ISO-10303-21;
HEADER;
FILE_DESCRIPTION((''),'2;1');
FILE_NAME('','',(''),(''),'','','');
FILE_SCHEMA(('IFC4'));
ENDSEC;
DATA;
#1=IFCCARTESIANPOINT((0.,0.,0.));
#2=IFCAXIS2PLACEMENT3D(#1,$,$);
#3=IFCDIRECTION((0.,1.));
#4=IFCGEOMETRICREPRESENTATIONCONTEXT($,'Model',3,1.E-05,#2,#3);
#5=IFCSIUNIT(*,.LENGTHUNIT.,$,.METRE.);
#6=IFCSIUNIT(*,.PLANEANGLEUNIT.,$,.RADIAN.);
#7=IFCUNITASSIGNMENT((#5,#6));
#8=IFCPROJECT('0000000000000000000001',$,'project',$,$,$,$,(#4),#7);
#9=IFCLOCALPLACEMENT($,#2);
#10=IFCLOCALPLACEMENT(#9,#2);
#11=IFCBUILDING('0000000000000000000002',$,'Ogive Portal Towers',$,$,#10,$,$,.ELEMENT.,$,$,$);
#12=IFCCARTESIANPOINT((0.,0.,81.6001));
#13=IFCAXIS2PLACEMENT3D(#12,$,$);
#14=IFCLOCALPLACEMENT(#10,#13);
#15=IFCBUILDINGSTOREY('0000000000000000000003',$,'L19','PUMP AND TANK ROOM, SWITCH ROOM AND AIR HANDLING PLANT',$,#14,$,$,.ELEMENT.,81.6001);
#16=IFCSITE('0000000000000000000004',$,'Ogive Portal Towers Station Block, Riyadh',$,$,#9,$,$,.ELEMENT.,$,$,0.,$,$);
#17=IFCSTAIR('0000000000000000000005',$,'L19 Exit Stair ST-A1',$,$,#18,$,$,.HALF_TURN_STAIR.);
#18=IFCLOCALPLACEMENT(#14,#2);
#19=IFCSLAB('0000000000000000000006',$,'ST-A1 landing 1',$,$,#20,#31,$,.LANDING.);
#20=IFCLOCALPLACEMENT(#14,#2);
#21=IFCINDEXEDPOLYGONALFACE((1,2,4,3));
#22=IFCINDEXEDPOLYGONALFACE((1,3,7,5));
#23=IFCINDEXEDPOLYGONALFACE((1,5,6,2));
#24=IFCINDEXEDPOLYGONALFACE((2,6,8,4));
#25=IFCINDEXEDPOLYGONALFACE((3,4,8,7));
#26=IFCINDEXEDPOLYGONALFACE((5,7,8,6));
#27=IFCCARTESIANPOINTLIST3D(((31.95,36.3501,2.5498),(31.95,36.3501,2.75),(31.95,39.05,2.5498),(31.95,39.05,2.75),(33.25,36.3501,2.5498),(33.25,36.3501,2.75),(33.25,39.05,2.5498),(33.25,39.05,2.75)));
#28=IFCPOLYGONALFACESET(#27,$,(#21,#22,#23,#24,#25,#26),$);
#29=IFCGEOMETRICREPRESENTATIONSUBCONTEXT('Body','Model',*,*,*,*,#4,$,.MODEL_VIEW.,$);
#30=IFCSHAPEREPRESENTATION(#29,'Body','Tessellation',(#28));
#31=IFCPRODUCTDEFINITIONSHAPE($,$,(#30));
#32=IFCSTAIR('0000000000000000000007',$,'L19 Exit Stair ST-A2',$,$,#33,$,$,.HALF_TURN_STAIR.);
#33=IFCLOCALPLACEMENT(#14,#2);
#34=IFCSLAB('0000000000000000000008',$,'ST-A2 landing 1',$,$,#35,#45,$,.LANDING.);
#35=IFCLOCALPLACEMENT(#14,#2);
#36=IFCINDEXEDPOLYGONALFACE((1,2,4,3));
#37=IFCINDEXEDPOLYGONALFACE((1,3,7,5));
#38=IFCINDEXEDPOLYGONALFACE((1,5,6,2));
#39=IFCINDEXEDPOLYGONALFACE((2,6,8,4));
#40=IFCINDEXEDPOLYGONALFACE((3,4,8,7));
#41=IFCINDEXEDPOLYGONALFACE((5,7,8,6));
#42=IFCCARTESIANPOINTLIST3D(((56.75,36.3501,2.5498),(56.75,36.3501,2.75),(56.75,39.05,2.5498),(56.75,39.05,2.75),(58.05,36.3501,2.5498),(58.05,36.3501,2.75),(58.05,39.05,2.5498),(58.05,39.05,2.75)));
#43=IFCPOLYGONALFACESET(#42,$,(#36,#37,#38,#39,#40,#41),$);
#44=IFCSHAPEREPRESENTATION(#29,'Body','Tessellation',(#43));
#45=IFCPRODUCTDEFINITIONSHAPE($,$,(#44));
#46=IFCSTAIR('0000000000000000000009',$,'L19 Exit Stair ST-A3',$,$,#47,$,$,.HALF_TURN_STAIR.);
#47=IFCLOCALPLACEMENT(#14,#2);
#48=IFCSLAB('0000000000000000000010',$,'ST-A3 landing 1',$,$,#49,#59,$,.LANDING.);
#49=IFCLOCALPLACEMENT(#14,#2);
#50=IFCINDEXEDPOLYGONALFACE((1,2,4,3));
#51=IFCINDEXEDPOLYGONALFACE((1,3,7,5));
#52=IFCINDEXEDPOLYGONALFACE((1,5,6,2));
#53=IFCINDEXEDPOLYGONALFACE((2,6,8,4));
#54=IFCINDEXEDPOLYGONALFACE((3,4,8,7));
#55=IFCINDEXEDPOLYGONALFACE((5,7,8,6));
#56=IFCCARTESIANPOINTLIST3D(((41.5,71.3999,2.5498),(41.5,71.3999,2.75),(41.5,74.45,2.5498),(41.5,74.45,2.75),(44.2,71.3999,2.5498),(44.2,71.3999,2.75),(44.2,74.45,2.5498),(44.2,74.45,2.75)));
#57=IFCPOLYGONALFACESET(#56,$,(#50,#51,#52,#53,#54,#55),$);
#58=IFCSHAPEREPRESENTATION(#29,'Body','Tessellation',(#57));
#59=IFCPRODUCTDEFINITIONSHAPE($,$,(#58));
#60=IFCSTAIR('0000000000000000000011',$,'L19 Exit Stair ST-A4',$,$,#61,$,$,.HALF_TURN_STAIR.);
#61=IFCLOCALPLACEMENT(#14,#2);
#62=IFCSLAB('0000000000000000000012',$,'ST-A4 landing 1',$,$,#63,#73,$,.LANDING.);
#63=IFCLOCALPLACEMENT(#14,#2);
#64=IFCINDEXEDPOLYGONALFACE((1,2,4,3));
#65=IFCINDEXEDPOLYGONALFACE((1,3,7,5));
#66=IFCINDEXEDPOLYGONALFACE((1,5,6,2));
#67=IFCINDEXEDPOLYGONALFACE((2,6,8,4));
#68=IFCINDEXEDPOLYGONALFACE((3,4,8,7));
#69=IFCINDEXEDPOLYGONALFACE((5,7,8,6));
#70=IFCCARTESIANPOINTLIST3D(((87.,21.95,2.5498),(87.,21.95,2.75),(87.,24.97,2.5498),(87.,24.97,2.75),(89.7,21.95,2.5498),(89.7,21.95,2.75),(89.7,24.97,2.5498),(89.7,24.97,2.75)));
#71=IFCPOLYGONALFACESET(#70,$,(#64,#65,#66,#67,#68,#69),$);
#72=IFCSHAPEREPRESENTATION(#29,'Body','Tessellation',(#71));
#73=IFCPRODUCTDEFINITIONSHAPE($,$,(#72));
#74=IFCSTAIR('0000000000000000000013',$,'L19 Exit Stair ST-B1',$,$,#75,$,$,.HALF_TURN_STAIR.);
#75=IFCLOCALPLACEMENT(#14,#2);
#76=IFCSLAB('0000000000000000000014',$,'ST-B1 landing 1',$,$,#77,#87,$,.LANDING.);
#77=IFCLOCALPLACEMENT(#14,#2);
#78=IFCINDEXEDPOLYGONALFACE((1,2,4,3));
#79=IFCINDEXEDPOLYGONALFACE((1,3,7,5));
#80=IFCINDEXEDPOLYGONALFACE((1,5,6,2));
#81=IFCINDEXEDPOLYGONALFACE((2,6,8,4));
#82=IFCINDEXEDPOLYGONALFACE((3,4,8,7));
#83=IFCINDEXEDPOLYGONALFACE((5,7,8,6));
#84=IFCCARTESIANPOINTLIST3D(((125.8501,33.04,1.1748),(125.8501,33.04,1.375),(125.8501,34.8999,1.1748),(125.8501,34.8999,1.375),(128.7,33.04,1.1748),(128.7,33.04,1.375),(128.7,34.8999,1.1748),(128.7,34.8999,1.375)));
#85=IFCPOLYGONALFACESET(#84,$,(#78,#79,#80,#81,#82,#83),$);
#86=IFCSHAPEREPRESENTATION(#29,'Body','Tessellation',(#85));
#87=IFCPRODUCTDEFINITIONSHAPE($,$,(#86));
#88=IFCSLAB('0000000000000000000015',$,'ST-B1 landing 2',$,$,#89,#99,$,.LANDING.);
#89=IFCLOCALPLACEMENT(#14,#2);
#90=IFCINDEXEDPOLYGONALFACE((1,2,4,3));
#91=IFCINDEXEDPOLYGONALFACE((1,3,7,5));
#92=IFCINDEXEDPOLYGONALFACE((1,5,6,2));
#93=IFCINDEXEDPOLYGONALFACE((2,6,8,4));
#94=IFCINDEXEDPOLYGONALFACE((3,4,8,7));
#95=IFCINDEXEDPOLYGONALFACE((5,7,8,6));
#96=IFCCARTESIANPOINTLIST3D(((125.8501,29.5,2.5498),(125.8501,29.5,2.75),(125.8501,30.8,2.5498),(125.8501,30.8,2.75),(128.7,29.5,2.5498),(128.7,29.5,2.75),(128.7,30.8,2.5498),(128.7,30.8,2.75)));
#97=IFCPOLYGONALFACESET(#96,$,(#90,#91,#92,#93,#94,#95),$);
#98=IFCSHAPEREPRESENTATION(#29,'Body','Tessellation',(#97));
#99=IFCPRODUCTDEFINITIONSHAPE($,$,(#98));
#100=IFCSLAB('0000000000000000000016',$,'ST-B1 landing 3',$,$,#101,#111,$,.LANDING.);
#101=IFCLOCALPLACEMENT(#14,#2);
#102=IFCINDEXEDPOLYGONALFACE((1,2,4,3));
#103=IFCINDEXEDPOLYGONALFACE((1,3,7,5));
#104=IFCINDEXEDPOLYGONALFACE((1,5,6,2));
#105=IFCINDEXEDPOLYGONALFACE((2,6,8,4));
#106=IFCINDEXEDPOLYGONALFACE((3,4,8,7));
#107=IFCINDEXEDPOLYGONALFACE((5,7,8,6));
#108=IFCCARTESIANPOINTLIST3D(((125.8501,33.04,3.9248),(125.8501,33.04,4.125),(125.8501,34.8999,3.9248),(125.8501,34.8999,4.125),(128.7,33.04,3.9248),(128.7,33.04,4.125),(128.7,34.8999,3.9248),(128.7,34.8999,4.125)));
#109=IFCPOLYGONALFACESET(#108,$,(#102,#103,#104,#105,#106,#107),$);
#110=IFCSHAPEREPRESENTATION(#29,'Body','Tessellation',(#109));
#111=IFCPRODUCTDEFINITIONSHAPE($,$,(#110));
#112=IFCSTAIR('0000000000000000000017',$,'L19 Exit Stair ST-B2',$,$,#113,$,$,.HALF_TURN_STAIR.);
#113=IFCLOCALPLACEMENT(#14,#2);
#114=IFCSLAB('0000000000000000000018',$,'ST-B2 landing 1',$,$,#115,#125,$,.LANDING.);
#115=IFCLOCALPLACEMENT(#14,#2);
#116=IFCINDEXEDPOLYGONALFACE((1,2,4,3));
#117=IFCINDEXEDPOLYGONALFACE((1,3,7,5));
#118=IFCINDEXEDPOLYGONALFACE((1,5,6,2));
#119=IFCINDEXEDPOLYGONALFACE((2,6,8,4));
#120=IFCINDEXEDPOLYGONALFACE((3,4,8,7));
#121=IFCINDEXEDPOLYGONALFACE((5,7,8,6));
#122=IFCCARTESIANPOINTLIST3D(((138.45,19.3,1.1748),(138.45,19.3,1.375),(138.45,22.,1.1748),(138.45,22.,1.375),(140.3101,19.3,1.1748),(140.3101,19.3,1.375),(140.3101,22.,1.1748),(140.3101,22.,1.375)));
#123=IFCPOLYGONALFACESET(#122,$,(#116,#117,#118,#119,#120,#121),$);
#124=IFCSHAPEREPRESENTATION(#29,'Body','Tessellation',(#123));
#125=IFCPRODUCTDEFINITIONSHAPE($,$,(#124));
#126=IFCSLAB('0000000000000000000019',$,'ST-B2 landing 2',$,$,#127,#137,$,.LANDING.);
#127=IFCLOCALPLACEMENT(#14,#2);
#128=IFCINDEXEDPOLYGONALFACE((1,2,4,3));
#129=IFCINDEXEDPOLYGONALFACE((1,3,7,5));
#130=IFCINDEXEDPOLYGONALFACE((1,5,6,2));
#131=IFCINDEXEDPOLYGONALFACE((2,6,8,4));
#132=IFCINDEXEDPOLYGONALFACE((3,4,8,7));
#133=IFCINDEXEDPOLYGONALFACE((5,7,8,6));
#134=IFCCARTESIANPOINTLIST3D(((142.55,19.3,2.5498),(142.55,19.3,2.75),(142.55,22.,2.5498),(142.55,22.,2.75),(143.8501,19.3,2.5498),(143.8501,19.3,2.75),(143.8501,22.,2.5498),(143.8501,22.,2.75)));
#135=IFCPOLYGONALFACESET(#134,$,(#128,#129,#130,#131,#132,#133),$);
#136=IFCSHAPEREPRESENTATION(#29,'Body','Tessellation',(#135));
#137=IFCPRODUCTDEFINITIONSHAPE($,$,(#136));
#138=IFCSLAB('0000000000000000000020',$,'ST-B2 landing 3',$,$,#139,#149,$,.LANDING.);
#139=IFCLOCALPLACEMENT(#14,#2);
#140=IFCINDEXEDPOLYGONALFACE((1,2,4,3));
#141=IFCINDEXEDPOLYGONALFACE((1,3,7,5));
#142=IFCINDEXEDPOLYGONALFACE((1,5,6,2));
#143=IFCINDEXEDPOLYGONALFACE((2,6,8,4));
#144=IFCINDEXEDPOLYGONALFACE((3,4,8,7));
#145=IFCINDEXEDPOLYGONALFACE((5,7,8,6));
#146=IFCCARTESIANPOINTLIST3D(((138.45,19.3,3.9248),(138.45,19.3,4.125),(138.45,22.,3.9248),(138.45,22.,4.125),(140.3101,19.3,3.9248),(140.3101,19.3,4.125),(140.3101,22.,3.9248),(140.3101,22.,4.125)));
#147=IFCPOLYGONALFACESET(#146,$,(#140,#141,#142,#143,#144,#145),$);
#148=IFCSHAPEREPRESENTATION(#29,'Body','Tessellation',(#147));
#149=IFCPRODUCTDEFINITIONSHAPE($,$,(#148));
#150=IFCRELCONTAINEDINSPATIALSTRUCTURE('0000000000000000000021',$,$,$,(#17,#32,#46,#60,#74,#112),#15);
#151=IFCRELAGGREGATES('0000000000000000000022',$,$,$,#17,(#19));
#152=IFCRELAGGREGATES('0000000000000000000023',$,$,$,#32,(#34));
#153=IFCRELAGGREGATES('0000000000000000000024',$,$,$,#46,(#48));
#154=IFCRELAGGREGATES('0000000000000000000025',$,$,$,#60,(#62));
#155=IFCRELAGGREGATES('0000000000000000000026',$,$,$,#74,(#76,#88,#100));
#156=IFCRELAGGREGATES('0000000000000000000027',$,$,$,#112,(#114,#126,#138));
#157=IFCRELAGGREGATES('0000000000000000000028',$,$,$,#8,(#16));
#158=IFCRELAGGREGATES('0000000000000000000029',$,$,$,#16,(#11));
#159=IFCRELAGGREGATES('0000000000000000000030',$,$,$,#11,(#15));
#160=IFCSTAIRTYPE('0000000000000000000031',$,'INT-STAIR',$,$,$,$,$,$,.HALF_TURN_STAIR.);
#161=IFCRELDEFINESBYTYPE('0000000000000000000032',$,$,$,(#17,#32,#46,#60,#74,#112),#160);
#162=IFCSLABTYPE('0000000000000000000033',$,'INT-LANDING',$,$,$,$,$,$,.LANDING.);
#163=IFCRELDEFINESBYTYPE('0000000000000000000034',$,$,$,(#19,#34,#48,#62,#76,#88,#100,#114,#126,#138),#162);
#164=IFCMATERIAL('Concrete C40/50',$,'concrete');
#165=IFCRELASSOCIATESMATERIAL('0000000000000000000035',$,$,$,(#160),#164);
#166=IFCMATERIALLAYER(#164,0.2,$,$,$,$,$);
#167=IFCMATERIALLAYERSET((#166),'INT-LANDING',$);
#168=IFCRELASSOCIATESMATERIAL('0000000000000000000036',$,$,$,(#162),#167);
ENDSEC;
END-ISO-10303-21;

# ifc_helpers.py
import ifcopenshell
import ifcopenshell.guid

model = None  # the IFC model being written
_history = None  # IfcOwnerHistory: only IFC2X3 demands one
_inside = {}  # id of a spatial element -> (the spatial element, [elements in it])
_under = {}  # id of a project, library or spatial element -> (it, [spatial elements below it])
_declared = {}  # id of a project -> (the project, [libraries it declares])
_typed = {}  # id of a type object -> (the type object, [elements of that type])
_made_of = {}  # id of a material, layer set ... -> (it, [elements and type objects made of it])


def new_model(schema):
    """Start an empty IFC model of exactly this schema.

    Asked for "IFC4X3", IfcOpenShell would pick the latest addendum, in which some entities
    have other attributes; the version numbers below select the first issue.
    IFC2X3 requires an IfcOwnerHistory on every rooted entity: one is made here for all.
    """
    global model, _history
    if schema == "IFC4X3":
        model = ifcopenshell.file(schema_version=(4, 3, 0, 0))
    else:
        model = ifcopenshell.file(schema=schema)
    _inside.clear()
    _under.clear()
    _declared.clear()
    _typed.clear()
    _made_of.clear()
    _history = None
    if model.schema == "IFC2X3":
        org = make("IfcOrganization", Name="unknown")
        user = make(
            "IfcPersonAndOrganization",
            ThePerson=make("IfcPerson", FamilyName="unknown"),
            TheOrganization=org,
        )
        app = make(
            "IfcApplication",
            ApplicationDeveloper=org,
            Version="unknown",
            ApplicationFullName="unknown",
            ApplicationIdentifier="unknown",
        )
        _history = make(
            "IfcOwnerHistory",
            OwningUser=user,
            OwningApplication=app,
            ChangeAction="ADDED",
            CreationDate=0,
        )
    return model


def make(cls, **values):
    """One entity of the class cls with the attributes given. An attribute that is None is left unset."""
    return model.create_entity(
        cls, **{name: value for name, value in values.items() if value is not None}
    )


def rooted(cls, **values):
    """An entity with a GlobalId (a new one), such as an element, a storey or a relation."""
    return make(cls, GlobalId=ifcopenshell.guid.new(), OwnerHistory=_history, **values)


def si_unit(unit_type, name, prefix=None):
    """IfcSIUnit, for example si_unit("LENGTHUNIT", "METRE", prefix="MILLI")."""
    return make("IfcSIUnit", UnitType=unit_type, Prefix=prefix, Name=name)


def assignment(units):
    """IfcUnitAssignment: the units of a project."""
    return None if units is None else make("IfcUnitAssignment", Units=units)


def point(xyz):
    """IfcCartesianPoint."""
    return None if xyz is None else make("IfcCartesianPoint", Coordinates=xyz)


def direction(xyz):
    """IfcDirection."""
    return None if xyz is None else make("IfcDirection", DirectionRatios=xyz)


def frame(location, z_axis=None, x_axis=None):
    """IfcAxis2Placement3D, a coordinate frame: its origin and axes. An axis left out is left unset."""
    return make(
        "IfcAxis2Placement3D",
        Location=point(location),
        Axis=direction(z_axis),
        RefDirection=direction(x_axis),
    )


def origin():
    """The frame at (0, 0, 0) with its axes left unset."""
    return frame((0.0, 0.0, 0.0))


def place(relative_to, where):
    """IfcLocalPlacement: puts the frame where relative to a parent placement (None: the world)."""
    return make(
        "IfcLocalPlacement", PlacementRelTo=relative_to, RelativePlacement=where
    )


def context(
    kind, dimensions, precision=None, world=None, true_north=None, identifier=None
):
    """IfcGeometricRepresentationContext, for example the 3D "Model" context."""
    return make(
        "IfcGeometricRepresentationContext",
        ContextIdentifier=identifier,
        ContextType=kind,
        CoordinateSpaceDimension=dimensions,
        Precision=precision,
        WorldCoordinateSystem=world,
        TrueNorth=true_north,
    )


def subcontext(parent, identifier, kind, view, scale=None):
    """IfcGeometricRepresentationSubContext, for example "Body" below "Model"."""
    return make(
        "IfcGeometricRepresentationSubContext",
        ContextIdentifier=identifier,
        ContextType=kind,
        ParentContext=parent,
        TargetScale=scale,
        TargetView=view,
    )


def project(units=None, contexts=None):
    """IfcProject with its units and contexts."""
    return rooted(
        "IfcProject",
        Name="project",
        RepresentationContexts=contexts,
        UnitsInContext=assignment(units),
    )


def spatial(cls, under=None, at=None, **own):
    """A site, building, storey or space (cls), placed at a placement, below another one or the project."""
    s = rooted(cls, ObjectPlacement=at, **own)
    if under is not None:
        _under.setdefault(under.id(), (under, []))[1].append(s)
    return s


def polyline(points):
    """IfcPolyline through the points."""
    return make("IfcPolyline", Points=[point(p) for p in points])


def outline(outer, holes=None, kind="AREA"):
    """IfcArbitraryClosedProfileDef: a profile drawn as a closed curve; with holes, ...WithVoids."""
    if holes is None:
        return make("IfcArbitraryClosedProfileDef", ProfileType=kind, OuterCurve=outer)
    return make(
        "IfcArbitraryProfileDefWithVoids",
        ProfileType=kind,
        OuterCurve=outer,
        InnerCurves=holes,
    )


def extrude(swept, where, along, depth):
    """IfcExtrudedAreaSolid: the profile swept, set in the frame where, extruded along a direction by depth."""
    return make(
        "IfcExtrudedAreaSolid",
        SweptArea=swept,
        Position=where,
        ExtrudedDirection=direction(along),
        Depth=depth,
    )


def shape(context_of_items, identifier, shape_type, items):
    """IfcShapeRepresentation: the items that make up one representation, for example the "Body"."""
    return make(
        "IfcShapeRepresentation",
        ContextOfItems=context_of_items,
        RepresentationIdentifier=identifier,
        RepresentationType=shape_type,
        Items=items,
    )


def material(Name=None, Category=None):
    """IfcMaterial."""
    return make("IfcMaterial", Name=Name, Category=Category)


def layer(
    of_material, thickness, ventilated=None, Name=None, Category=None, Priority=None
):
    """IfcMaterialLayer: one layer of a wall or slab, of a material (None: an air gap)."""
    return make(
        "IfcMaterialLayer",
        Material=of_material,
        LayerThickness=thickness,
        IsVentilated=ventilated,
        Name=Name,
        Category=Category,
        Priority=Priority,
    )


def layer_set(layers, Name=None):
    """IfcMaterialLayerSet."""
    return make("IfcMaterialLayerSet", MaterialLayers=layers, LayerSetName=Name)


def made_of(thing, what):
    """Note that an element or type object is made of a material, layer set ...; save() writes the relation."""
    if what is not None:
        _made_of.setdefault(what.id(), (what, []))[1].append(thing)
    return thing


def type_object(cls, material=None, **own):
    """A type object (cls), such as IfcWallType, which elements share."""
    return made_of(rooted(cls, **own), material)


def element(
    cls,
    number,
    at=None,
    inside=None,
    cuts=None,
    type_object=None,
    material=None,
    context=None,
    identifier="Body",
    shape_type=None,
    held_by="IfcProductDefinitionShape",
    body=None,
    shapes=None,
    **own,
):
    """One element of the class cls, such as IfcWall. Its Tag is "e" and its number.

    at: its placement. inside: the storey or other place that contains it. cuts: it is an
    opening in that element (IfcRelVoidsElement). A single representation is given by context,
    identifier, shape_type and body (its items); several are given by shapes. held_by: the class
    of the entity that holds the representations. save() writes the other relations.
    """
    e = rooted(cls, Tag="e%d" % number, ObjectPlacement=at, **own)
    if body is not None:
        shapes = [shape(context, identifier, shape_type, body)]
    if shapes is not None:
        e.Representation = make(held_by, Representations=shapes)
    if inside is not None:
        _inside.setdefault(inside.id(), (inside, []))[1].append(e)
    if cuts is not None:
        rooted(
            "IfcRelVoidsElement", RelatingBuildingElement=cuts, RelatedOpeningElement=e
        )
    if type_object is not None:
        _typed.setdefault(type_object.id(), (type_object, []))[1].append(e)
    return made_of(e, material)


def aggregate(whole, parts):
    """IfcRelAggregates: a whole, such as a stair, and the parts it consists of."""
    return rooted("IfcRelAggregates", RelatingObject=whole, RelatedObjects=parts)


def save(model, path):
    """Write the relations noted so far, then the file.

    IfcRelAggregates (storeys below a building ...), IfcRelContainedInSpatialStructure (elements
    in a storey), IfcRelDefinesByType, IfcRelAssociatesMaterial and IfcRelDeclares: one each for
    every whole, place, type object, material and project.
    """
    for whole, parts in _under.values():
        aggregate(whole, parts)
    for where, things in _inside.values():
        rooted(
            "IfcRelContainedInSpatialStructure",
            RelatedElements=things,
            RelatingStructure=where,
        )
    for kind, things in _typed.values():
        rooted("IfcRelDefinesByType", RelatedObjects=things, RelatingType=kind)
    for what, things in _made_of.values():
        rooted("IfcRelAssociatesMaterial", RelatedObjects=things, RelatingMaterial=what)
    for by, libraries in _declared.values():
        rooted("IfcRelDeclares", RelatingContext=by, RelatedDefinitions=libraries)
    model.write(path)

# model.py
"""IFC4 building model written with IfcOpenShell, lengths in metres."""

from ifc_helpers import new_model, si_unit, direction, frame, origin, place, context, subcontext, project, spatial, polyline, outline, extrude, material, layer, layer_set, type_object, element, aggregate, save


model = new_model("IFC4")

# Units and contexts
model_context = context("Model", 3, precision=1e-05, world=origin(), true_north=direction((0.0, 1.0)))
body_context = subcontext(model_context, "Body", "Model", "MODEL_VIEW")
ifc_project = project(units=[si_unit("LENGTHUNIT", "METRE"), si_unit("PLANEANGLEUNIT", "RADIAN")], contexts=[model_context])

# Site, building, storey
site_placement = place(None, origin())
site = spatial("IfcSite", under=ifc_project, at=site_placement, Name="Ogive Portal Towers Station Block, Riyadh", CompositionType="ELEMENT", RefElevation=0.0)
building_placement = place(site_placement, origin())
building = spatial("IfcBuilding", under=site, at=building_placement, Name="Ogive Portal Towers", CompositionType="ELEMENT")
storey_placement = place(building_placement, frame((0.0, 0.0, 81.6001)))
storey = spatial("IfcBuildingStorey", under=building, at=storey_placement, Name="L19", Description="PUMP AND TANK ROOM, SWITCH ROOM AND AIR HANDLING PLANT", CompositionType="ELEMENT", Elevation=81.6001)

# Stairs, slabs
ifc_material_1 = material(Name="Concrete C40/50", Category="concrete")
stair_type = type_object("IfcStairType", Name="INT-STAIR", PredefinedType="HALF_TURN_STAIR", material=ifc_material_1)
stair_1_placement = place(storey_placement, origin())
stair_1 = element("IfcStair", 1, at=stair_1_placement, inside=storey, type_object=stair_type, Name="L19 Exit Stair ST-A1", PredefinedType="HALF_TURN_STAIR")
ifc_layer_1 = layer(ifc_material_1, 0.2)
ifc_layer_set_1 = layer_set([ifc_layer_1], Name="INT-LANDING")
slab_type_1 = type_object("IfcSlabType", Name="INT-LANDING", PredefinedType="LANDING", material=ifc_layer_set_1)
slab_1_placement = place(storey_placement, frame((0.0, 0.0, 2.5498)))
slab_1 = element("IfcSlab", 2, at=slab_1_placement, type_object=slab_type_1, Name="ST-A1 landing 1", PredefinedType="LANDING", context=body_context, shape_type="SweptSolid", body=[
    extrude(outline(polyline([(33.25, 39.05), (31.95, 39.05), (31.95, 36.3501), (33.25, 36.3501), (33.25, 39.05)])), origin(), (0.0, 0.0, 1.0), 0.2002),
])
aggregate(stair_1, [slab_1])
stair_2_placement = place(storey_placement, origin())
stair_2 = element("IfcStair", 3, at=stair_2_placement, inside=storey, type_object=stair_type, Name="L19 Exit Stair ST-A2", PredefinedType="HALF_TURN_STAIR")
slab_2_placement = place(storey_placement, frame((0.0, 0.0, 2.5498)))
slab_2 = element("IfcSlab", 4, at=slab_2_placement, type_object=slab_type_1, Name="ST-A2 landing 1", PredefinedType="LANDING", context=body_context, shape_type="SweptSolid", body=[
    extrude(outline(polyline([(56.75, 36.3501), (58.05, 36.3501), (58.05, 39.05), (56.75, 39.05), (56.75, 36.3501)])), origin(), (0.0, 0.0, 1.0), 0.2002),
])
aggregate(stair_2, [slab_2])
stair_3_placement = place(storey_placement, origin())
stair_3 = element("IfcStair", 5, at=stair_3_placement, inside=storey, type_object=stair_type, Name="L19 Exit Stair ST-A3", PredefinedType="HALF_TURN_STAIR")
slab_3_placement = place(storey_placement, frame((0.0, 0.0, 2.5498)))
slab_3 = element("IfcSlab", 6, at=slab_3_placement, type_object=slab_type_1, Name="ST-A3 landing 1", PredefinedType="LANDING", context=body_context, shape_type="SweptSolid", body=[
    extrude(outline(polyline([(44.2, 71.3999), (44.2, 74.45), (41.5, 74.45), (41.5, 71.3999), (44.2, 71.3999)])), origin(), (0.0, 0.0, 1.0), 0.2002),
])
aggregate(stair_3, [slab_3])
stair_4_placement = place(storey_placement, origin())
stair_4 = element("IfcStair", 7, at=stair_4_placement, inside=storey, type_object=stair_type, Name="L19 Exit Stair ST-A4", PredefinedType="HALF_TURN_STAIR")
slab_4_placement = place(storey_placement, frame((0.0, 0.0, 2.5498)))
slab_4 = element("IfcSlab", 8, at=slab_4_placement, type_object=slab_type_1, Name="ST-A4 landing 1", PredefinedType="LANDING", context=body_context, shape_type="SweptSolid", body=[
    extrude(outline(polyline([(87.0, 24.97), (87.0, 21.95), (89.7, 21.95), (89.7, 24.97), (87.0, 24.97)])), origin(), (0.0, 0.0, 1.0), 0.2002),
])
aggregate(stair_4, [slab_4])

# Stairs, slabs
stair_5_placement = place(storey_placement, origin())
stair_5 = element("IfcStair", 9, at=stair_5_placement, inside=storey, type_object=stair_type, Name="L19 Exit Stair ST-B1", PredefinedType="HALF_TURN_STAIR")
slab_5_placement = place(storey_placement, frame((0.0, 0.0, 1.1748)))
slab_5 = element("IfcSlab", 10, at=slab_5_placement, type_object=slab_type_1, Name="ST-B1 landing 1", PredefinedType="LANDING", context=body_context, shape_type="SweptSolid", body=[
    extrude(outline(polyline([(128.7, 33.04), (128.7, 34.8999), (125.8501, 34.8999), (125.8501, 33.04), (128.7, 33.04)])), origin(), (0.0, 0.0, 1.0), 0.2002),
])
slab_6_placement = place(storey_placement, frame((0.0, 0.0, 2.5498)))
slab_6 = element("IfcSlab", 11, at=slab_6_placement, type_object=slab_type_1, Name="ST-B1 landing 2", PredefinedType="LANDING", context=body_context, shape_type="SweptSolid", body=[
    extrude(outline(polyline([(128.7, 29.5), (128.7, 30.8), (125.8501, 30.8), (125.8501, 29.5), (128.7, 29.5)])), origin(), (0.0, 0.0, 1.0), 0.2002),
])
slab_7_placement = place(storey_placement, frame((0.0, 0.0, 3.9248)))
slab_7 = element("IfcSlab", 12, at=slab_7_placement, type_object=slab_type_1, Name="ST-B1 landing 3", PredefinedType="LANDING", context=body_context, shape_type="SweptSolid", body=[
    extrude(outline(polyline([(128.7, 33.04), (128.7, 34.8999), (125.8501, 34.8999), (125.8501, 33.04), (128.7, 33.04)])), origin(), (0.0, 0.0, 1.0), 0.2002),
])
aggregate(stair_5, [slab_5, slab_6, slab_7])
stair_6_placement = place(storey_placement, origin())
stair_6 = element("IfcStair", 13, at=stair_6_placement, inside=storey, type_object=stair_type, Name="L19 Exit Stair ST-B2", PredefinedType="HALF_TURN_STAIR")
slab_8_placement = place(storey_placement, frame((0.0, 0.0, 1.1748)))
slab_8 = element("IfcSlab", 14, at=slab_8_placement, type_object=slab_type_1, Name="ST-B2 landing 1", PredefinedType="LANDING", context=body_context, shape_type="SweptSolid", body=[
    extrude(outline(polyline([(140.3101, 22.0), (138.45, 22.0), (138.45, 19.3), (140.3101, 19.3), (140.3101, 22.0)])), origin(), (0.0, 0.0, 1.0), 0.2002),
])
slab_9_placement = place(storey_placement, frame((0.0, 0.0, 2.5498)))
slab_9 = element("IfcSlab", 15, at=slab_9_placement, type_object=slab_type_1, Name="ST-B2 landing 2", PredefinedType="LANDING", context=body_context, shape_type="SweptSolid", body=[
    extrude(outline(polyline([(143.8501, 22.0), (142.55, 22.0), (142.55, 19.3), (143.8501, 19.3), (143.8501, 22.0)])), origin(), (0.0, 0.0, 1.0), 0.2002),
])
slab_10_placement = place(storey_placement, frame((0.0, 0.0, 3.9248)))
slab_10 = element("IfcSlab", 16, at=slab_10_placement, type_object=slab_type_1, Name="ST-B2 landing 3", PredefinedType="LANDING", context=body_context, shape_type="SweptSolid", body=[
    extrude(outline(polyline([(140.3101, 22.0), (138.45, 22.0), (138.45, 19.3), (140.3101, 19.3), (140.3101, 22.0)])), origin(), (0.0, 0.0, 1.0), 0.2002),
])
aggregate(stair_6, [slab_8, slab_9, slab_10])

save(model, "model.ifc")
